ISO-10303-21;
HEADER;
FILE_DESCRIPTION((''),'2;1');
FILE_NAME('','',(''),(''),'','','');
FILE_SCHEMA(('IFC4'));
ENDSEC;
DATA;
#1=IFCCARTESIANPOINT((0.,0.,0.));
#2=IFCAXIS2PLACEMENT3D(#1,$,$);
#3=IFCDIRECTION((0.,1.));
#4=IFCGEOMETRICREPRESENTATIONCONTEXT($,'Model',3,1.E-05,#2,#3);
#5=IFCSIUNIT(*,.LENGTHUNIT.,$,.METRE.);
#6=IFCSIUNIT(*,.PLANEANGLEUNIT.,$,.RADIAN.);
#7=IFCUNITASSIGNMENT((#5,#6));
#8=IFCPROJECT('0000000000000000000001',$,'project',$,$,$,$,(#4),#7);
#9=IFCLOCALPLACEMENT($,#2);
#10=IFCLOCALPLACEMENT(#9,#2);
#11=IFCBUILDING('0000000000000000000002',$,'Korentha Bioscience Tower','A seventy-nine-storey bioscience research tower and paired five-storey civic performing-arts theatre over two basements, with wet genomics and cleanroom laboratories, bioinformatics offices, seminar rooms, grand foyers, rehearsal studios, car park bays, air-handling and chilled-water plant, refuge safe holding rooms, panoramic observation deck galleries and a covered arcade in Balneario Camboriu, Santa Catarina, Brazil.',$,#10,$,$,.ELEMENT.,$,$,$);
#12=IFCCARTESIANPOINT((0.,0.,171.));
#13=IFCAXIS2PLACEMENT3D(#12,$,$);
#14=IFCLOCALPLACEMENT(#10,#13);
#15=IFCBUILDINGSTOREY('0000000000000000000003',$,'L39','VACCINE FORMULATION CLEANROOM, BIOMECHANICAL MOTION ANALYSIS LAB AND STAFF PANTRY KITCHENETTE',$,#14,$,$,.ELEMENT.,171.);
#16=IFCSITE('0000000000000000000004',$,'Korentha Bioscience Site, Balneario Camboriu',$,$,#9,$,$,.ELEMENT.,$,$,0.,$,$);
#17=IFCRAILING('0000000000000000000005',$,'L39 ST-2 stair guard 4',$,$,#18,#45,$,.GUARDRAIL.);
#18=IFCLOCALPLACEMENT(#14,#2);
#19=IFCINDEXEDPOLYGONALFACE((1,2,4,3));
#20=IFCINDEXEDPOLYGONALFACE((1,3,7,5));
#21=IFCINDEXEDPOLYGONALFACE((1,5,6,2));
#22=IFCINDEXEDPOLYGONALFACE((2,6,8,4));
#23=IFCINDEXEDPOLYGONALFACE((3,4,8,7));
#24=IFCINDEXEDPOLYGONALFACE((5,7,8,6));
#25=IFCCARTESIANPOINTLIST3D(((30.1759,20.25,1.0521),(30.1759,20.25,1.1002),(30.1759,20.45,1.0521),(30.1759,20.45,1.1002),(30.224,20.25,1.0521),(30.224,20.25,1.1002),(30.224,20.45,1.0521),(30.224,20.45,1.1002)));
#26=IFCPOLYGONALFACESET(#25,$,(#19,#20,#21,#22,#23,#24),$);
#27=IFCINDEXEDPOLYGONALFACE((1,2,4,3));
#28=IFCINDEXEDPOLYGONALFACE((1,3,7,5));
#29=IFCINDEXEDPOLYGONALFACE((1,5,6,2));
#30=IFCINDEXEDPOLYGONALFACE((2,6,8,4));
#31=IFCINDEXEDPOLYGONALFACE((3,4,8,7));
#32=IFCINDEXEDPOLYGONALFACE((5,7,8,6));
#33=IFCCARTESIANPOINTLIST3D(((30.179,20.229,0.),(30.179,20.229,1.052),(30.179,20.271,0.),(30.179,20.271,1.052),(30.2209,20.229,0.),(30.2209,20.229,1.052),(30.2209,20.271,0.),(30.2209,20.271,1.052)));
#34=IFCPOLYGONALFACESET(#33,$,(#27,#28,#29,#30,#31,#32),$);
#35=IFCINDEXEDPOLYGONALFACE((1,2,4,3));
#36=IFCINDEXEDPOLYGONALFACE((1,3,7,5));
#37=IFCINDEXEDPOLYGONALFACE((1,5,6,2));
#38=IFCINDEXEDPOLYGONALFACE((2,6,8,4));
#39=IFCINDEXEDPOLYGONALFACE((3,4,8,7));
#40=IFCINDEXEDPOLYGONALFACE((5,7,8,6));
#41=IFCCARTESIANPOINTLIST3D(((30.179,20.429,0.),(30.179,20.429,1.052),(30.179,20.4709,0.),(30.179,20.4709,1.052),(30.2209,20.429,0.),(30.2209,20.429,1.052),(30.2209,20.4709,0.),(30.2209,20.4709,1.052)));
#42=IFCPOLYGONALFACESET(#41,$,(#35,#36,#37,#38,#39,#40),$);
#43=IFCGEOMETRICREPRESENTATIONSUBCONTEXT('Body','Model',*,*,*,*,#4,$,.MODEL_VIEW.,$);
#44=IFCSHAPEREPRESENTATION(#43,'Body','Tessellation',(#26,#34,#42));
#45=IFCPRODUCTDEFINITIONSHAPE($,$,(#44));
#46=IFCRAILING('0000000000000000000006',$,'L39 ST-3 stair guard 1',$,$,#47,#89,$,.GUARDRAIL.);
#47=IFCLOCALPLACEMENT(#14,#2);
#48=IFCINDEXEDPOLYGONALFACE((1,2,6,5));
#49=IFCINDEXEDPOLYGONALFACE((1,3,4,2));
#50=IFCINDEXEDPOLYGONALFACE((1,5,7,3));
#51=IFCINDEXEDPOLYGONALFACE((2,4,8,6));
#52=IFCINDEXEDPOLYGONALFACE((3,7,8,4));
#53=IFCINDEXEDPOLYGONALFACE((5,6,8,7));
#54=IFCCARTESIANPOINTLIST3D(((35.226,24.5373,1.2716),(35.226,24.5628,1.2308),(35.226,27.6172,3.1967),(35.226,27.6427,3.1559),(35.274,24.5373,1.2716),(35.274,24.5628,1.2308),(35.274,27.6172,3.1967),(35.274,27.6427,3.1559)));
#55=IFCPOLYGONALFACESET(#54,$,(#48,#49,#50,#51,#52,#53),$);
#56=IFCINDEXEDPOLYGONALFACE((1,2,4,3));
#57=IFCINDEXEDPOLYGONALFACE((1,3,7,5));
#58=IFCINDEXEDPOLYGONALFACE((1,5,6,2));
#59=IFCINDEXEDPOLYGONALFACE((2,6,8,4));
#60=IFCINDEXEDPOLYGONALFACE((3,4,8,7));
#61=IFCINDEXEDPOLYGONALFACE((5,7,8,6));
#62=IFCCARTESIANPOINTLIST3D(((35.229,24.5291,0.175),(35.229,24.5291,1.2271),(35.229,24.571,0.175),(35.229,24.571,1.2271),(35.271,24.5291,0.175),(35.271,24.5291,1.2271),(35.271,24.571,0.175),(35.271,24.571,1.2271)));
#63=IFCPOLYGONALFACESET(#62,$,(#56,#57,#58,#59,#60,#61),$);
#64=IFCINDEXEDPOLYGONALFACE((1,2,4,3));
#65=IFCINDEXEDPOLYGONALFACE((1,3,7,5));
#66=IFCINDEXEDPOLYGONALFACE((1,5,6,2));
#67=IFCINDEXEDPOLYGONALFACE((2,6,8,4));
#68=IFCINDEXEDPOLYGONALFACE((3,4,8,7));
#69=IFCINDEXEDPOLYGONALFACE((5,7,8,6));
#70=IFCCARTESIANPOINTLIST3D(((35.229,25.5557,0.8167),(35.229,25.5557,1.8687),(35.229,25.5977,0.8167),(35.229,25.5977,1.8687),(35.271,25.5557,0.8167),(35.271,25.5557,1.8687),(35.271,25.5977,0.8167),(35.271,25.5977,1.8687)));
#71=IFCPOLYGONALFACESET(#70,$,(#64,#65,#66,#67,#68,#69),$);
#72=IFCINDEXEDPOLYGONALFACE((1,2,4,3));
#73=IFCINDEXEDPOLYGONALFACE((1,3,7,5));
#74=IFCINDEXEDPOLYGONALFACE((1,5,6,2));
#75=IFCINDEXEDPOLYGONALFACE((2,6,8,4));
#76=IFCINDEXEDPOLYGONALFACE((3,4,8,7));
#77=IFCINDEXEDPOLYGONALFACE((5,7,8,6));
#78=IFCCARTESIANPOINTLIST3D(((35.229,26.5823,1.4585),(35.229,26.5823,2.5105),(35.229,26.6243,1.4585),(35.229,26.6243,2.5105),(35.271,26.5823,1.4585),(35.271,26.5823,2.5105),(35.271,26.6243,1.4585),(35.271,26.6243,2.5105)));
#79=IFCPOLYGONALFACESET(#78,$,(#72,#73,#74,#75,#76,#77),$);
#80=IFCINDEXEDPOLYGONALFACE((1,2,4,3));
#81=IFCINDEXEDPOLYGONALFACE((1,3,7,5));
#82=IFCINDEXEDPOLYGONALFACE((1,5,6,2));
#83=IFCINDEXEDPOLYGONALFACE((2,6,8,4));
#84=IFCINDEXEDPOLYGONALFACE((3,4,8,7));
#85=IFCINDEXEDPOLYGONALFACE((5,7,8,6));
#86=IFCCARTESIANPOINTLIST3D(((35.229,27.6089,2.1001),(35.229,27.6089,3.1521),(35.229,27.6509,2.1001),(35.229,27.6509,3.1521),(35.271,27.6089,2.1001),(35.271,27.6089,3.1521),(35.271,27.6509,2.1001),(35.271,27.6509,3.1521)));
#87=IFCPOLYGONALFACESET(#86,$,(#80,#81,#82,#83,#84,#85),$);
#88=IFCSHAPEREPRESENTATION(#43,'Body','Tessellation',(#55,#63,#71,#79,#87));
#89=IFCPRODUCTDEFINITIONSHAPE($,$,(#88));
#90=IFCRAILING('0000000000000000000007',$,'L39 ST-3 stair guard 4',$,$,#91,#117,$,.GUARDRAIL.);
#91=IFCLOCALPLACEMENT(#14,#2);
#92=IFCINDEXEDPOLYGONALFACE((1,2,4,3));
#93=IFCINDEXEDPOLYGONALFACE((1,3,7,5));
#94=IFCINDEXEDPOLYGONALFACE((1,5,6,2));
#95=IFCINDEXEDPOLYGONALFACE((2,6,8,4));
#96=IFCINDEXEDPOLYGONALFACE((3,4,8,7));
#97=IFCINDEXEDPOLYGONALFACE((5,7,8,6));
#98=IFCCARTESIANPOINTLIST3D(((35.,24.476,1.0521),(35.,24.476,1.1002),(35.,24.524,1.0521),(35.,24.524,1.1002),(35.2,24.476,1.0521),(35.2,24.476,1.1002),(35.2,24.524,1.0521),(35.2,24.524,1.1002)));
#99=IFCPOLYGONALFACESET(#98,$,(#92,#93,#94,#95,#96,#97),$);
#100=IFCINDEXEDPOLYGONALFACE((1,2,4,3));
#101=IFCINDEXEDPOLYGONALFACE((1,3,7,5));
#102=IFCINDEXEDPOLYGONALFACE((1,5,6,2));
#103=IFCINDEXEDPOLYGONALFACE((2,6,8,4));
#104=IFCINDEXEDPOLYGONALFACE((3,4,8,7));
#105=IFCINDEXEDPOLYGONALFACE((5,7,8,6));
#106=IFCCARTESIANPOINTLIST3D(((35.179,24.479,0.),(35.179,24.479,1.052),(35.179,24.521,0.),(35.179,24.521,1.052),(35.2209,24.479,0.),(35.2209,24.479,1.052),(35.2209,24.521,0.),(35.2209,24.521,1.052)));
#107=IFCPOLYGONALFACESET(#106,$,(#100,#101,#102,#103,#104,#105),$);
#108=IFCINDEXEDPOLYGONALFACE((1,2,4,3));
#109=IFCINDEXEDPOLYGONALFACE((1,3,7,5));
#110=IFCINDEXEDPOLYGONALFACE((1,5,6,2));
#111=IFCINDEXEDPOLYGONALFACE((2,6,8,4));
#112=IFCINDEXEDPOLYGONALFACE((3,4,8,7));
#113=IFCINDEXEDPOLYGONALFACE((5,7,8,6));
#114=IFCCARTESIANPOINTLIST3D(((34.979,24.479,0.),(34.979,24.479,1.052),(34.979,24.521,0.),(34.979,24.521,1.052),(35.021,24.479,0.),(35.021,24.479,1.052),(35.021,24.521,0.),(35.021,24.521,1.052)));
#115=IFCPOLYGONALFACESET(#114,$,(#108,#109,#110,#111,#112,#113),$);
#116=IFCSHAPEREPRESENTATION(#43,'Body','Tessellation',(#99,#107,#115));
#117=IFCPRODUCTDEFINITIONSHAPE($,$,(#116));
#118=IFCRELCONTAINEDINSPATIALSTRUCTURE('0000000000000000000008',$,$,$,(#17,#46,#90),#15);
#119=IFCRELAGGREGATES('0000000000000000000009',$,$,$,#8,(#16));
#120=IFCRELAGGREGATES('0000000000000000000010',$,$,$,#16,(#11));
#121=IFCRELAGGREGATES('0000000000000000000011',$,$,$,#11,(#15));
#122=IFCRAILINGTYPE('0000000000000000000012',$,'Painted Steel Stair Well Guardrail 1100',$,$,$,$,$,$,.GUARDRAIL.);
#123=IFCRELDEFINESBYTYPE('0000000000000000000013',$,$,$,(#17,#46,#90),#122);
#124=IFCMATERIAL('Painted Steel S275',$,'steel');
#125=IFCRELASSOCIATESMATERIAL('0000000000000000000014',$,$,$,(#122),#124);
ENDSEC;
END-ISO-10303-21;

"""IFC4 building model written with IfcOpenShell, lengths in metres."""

from ifc_helpers import new_model, si_unit, direction, frame, origin, origin_2d, place, context, subcontext, project, spatial, rectangle, extrude, material, type_object, element, save


model = new_model("IFC4")

# Units and contexts
model_context = context("Model", 3, precision=1e-05, world=origin(), true_north=direction((0.0, 1.0)))
body_context = subcontext(model_context, "Body", "Model", "MODEL_VIEW")
ifc_project = project(units=[si_unit("LENGTHUNIT", "METRE"), si_unit("PLANEANGLEUNIT", "RADIAN")], contexts=[model_context])

# Site, building, storey
site_placement = place(None, origin())
site = spatial("IfcSite", under=ifc_project, at=site_placement, Name="Korentha Bioscience Site, Balneario Camboriu", CompositionType="ELEMENT", RefElevation=0.0)
building_placement = place(site_placement, origin())
building = spatial("IfcBuilding", under=site, at=building_placement, Name="Korentha Bioscience Tower", Description="A seventy-nine-storey bioscience research tower and paired five-storey civic performing-arts theatre over two basements, with wet genomics and cleanroom laboratories, bioinformatics offices, seminar rooms, grand foyers, rehearsal studios, car park bays, air-handling and chilled-water plant, refuge safe holding rooms, panoramic observation deck galleries and a covered arcade in Balneario Camboriu, Santa Catarina, Brazil.", CompositionType="ELEMENT")
storey_placement = place(building_placement, frame((0.0, 0.0, 171.0)))
storey = spatial("IfcBuildingStorey", under=building, at=storey_placement, Name="L39", Description="VACCINE FORMULATION CLEANROOM, BIOMECHANICAL MOTION ANALYSIS LAB AND STAFF PANTRY KITCHENETTE", CompositionType="ELEMENT", Elevation=171.0)

# Railings
ifc_material_1 = material(Name="Painted Steel S275", Category="steel")
railing_type_1 = type_object("IfcRailingType", Name="Painted Steel Stair Well Guardrail 1100", PredefinedType="GUARDRAIL", material=ifc_material_1)
railing_1_placement = place(storey_placement, frame((30.2, 20.25, 0.0)))
element("IfcRailing", 1, at=railing_1_placement, inside=storey, type_object=railing_type_1, Name="L39 ST-2 stair guard 4", PredefinedType="GUARDRAIL", context=body_context, shape_type="SweptSolid", body=[
    extrude(rectangle(XDim=0.0481, YDim=0.0481, at=origin_2d()), frame((0.0, 0.0, 1.0762), z_axis=(0.0, 1.0, 0.0), x_axis=(-1.0, 0.0, 0.0)), (0.0, 0.0, 1.0), 0.2),
    extrude(rectangle(XDim=0.042, YDim=0.042, at=origin_2d()), origin(), (0.0, 0.0, 1.0), 1.052),
    extrude(rectangle(XDim=0.042, YDim=0.042, at=origin_2d()), frame((0.0, 0.2, 0.0)), (0.0, 0.0, 1.0), 1.052),
])
railing_2_placement = place(storey_placement, frame((35.25, 24.55, 0.175)))
element("IfcRailing", 2, at=railing_2_placement, inside=storey, type_object=railing_type_1, Name="L39 ST-3 stair guard 1", PredefinedType="GUARDRAIL", context=body_context, shape_type="SweptSolid", body=[
    extrude(rectangle(XDim=0.0481, YDim=0.0481, at=origin_2d()), frame((0.0, 0.0, 1.0762), z_axis=(0.0, 0.847979, 0.530029), x_axis=(-1.0, 0.0, 0.0)), (0.0, 0.0, 1.0), 3.6321),
    extrude(rectangle(XDim=0.042, YDim=0.042, at=origin_2d()), origin(), (0.0, 0.0, 1.0), 1.052),
    extrude(rectangle(XDim=0.042, YDim=0.042, at=origin_2d()), frame((0.0, 1.0266, 0.6416)), (0.0, 0.0, 1.0), 1.052),
    extrude(rectangle(XDim=0.042, YDim=0.042, at=origin_2d()), frame((0.0, 2.0532, 1.2834)), (0.0, 0.0, 1.0), 1.052),
    extrude(rectangle(XDim=0.042, YDim=0.042, at=origin_2d()), frame((0.0, 3.0798, 1.925)), (0.0, 0.0, 1.0), 1.052),
])
railing_3_placement = place(storey_placement, frame((35.2, 24.5, 0.0)))
element("IfcRailing", 3, at=railing_3_placement, inside=storey, type_object=railing_type_1, Name="L39 ST-3 stair guard 4", PredefinedType="GUARDRAIL", context=body_context, shape_type="SweptSolid", body=[
    extrude(rectangle(XDim=0.0481, YDim=0.0481, at=origin_2d()), frame((0.0, 0.0, 1.0762), z_axis=(-1.0, 0.0, 0.0), x_axis=(0.0, -1.0, 0.0)), (0.0, 0.0, 1.0), 0.2),
    extrude(rectangle(XDim=0.042, YDim=0.042, at=origin_2d()), origin(), (0.0, 0.0, 1.0), 1.052),
    extrude(rectangle(XDim=0.042, YDim=0.042, at=origin_2d()), frame((-0.2, 0.0, 0.0)), (0.0, 0.0, 1.0), 1.052),
])

save(model, "model.ifc")
